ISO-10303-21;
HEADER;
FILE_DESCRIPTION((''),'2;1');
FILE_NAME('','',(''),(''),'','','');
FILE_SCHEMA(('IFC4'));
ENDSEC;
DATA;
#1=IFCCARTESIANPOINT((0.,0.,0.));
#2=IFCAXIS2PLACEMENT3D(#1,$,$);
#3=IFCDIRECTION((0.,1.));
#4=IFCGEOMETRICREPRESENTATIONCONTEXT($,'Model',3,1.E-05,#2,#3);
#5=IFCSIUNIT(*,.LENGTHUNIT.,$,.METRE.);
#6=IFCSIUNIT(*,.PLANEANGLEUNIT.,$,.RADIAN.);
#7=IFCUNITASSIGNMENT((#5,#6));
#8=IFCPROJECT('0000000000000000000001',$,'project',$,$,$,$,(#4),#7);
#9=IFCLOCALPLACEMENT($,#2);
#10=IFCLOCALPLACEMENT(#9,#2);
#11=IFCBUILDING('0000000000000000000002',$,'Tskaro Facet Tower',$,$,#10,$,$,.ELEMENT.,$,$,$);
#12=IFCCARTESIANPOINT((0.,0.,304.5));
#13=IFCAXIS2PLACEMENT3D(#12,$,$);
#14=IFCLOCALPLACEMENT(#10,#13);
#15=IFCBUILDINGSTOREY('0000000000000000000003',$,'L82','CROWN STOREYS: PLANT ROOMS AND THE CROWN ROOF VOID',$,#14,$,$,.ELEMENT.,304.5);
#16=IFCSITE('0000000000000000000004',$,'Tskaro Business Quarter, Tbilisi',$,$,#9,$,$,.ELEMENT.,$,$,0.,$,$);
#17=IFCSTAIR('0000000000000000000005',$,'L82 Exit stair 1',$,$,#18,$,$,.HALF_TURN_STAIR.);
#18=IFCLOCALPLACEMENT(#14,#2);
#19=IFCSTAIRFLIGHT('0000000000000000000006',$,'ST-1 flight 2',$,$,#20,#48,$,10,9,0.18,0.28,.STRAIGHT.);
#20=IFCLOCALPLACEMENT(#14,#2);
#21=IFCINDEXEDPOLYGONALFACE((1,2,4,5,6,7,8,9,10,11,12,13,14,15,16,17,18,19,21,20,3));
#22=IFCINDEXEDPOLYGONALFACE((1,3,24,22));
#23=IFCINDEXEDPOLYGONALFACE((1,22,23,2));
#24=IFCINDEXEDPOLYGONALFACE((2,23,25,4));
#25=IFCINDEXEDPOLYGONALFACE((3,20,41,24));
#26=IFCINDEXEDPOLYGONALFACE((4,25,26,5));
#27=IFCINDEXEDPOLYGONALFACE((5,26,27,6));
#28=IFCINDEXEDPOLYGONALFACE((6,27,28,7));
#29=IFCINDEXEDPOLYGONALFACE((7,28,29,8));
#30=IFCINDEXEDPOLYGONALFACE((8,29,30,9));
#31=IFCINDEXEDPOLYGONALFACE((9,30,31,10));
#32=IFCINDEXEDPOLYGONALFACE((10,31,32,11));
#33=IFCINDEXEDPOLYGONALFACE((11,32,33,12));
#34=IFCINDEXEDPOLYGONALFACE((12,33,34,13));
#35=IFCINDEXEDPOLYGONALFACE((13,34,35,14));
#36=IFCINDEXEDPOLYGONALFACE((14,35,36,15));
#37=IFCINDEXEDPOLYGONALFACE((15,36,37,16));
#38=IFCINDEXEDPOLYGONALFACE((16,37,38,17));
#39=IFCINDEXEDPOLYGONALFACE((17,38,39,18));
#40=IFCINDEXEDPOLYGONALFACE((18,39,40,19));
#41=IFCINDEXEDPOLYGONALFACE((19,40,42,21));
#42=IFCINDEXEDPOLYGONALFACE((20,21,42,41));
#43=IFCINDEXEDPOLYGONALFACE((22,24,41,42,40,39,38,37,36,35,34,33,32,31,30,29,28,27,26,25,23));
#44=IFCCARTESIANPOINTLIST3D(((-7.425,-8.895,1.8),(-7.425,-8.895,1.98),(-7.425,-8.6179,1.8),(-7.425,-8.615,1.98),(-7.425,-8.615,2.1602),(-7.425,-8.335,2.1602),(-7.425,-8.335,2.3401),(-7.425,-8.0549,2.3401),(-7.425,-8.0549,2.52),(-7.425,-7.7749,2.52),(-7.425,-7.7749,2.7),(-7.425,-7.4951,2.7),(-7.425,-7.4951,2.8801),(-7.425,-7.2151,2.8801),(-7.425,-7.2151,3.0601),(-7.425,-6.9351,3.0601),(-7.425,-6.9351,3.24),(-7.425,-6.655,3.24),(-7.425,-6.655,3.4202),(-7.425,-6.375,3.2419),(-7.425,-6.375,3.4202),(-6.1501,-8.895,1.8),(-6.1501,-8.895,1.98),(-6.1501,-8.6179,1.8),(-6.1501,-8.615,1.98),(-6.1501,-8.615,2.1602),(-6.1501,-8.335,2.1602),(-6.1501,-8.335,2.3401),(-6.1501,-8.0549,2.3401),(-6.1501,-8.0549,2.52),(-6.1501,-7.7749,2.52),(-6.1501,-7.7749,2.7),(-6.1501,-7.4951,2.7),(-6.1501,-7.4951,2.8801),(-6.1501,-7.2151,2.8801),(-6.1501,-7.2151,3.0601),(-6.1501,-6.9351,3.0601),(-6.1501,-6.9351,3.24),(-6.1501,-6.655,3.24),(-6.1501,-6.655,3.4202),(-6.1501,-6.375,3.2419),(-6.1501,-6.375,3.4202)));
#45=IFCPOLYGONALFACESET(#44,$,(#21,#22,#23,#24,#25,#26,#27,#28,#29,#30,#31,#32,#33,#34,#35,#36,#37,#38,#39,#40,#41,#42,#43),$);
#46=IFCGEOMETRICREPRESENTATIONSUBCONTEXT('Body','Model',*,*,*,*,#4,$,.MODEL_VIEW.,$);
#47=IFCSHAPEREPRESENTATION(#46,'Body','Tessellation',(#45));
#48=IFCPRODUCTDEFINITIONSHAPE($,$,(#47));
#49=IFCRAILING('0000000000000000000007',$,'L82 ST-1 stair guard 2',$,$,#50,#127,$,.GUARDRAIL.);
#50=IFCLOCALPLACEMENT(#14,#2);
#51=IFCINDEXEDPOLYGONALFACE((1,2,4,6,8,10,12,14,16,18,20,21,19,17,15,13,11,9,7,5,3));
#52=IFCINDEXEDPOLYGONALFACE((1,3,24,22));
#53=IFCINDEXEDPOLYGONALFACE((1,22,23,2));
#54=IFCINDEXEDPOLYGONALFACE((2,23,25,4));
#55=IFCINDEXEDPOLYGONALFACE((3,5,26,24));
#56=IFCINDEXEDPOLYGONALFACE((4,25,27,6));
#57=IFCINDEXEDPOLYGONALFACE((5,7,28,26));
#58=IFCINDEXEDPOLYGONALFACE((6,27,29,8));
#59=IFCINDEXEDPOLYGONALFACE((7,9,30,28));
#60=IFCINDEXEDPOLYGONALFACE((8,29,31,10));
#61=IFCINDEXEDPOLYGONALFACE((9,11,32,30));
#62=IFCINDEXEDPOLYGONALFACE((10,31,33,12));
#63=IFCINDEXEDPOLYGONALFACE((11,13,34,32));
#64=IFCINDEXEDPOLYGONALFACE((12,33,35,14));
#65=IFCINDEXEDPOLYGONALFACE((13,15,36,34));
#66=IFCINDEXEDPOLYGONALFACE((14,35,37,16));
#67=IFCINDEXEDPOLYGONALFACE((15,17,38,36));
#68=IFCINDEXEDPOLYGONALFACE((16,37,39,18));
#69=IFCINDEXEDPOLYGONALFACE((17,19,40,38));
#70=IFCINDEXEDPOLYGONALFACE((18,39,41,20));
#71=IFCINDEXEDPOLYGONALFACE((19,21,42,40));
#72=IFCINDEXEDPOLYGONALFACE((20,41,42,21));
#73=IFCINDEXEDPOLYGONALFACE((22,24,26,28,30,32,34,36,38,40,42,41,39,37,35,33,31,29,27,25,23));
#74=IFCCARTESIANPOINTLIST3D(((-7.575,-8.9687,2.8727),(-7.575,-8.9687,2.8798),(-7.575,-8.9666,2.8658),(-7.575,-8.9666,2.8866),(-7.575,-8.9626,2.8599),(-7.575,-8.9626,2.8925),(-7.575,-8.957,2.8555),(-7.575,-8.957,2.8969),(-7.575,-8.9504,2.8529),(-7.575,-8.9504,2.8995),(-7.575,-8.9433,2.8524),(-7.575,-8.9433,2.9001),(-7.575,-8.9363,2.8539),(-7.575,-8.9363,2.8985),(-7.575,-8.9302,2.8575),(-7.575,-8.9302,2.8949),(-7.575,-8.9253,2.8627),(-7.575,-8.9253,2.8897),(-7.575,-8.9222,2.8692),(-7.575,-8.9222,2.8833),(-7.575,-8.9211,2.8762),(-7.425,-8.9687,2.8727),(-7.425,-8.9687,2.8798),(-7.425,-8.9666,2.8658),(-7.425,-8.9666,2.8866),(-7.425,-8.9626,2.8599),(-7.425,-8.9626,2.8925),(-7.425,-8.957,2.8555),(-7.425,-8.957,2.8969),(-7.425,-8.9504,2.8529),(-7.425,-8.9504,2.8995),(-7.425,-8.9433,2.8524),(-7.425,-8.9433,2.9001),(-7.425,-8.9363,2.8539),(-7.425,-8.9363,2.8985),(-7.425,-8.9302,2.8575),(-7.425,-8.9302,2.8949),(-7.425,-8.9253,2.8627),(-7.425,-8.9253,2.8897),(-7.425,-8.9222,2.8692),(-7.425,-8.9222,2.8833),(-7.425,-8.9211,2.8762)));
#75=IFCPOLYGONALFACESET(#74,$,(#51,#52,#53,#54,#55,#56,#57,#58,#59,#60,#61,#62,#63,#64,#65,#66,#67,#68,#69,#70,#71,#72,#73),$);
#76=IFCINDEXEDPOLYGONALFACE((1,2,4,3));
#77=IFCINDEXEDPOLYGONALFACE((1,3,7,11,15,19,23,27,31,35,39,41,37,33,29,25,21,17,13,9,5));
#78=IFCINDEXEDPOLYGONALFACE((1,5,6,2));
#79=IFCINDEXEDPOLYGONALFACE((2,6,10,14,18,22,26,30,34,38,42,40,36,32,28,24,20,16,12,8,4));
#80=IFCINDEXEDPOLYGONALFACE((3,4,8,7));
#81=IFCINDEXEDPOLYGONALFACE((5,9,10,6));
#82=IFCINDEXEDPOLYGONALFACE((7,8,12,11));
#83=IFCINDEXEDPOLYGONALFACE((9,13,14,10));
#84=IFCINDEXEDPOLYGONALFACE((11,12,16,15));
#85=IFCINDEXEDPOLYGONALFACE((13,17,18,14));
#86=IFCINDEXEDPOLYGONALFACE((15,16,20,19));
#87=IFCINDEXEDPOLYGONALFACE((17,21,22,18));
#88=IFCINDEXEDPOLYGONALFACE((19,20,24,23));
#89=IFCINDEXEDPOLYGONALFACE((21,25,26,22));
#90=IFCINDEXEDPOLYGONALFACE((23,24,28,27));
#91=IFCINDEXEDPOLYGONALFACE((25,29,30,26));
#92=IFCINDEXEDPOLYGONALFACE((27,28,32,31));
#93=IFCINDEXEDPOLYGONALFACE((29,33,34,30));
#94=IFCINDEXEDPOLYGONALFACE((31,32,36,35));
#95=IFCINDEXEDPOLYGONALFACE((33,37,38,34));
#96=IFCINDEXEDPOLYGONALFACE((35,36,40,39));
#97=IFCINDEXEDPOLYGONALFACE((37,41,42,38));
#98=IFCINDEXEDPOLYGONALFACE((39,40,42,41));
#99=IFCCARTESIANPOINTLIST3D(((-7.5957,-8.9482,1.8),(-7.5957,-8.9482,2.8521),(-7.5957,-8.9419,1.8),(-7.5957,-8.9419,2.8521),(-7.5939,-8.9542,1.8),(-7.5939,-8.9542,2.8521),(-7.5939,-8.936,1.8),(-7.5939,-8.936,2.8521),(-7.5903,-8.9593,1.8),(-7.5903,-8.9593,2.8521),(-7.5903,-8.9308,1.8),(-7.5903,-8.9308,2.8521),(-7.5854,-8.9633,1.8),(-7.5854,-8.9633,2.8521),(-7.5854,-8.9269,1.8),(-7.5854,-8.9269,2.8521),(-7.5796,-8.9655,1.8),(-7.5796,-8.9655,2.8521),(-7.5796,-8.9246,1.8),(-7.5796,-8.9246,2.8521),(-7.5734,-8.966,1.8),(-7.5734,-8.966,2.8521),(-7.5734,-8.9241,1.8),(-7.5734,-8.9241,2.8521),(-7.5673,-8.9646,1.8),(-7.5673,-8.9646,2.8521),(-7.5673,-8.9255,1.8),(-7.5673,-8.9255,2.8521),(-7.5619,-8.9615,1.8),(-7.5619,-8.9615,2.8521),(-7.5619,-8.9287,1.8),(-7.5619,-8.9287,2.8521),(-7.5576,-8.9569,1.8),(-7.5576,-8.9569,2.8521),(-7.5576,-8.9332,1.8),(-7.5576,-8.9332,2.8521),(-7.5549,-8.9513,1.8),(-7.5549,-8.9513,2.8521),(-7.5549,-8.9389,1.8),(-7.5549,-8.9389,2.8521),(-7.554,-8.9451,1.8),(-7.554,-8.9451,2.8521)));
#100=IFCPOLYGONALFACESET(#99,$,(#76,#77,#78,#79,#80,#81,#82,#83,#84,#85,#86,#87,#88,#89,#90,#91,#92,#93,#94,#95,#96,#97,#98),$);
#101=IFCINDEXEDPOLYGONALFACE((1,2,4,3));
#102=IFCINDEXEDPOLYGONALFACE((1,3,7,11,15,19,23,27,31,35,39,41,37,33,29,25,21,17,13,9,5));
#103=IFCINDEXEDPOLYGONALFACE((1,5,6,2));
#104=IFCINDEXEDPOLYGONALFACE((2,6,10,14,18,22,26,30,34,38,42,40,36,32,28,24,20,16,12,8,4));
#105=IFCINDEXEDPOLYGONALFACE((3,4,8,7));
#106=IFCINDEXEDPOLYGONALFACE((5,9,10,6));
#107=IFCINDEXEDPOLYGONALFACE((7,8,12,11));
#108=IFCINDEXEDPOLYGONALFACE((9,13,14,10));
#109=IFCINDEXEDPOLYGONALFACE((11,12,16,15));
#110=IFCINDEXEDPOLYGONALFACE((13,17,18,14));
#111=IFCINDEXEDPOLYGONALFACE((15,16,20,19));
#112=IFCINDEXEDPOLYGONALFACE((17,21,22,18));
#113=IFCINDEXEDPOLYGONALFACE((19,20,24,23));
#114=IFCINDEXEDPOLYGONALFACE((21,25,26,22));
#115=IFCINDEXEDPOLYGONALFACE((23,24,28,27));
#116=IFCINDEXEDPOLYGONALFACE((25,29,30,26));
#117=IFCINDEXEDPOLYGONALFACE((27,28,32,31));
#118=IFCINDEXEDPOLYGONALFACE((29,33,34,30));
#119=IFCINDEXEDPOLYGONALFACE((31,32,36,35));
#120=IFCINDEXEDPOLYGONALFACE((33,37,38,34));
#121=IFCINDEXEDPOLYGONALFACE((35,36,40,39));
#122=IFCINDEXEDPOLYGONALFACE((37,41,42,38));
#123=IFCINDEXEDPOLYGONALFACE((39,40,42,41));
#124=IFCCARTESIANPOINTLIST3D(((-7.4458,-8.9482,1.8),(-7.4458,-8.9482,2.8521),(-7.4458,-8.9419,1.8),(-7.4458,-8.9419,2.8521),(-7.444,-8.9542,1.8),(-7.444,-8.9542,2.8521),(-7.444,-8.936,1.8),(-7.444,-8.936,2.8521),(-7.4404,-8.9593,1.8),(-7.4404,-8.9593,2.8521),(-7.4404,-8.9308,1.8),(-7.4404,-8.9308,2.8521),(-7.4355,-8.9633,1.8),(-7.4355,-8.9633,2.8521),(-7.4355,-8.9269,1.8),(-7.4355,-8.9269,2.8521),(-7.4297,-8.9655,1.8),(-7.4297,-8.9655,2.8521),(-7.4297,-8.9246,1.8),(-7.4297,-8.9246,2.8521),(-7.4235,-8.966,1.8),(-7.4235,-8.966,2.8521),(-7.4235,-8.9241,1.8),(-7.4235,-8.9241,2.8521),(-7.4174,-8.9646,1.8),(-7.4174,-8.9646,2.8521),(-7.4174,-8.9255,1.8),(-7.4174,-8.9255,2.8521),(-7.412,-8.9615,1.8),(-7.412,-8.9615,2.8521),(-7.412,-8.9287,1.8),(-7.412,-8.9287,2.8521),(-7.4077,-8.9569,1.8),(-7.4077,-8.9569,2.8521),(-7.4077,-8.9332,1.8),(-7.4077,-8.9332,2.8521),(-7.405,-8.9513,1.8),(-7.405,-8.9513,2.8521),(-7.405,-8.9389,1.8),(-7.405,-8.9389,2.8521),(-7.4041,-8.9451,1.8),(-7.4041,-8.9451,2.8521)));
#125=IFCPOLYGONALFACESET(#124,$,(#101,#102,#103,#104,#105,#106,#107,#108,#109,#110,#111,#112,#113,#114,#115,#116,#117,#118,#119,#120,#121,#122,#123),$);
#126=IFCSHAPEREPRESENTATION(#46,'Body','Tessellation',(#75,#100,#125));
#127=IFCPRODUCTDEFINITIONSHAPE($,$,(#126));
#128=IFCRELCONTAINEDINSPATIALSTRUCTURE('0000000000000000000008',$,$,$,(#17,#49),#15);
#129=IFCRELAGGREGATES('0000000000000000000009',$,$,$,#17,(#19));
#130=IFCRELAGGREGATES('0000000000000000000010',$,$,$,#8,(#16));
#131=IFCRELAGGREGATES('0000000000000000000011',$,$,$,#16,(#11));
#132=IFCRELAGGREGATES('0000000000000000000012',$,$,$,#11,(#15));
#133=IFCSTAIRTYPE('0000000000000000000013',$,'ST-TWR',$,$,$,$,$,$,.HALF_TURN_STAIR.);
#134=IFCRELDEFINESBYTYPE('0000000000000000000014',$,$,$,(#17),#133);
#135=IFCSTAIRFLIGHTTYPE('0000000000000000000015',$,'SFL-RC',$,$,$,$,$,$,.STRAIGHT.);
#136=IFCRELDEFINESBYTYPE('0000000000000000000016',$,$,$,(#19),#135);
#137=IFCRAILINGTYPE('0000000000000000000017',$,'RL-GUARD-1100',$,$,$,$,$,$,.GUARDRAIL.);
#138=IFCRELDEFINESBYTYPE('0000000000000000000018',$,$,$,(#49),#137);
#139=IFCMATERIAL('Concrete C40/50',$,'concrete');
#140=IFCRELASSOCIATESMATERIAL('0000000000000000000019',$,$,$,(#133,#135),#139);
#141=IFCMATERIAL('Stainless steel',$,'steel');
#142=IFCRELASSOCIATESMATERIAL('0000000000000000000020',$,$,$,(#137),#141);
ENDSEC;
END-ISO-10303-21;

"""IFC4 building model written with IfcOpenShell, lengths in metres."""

from ifc_helpers import new_model, si_unit, direction, frame, origin, origin_2d, place, context, subcontext, project, spatial, polyline, circle, outline, extrude, material, type_object, element, aggregate, save


model = new_model("IFC4")

# Units and contexts
model_context = context("Model", 3, precision=1e-05, world=origin(), true_north=direction((0.0, 1.0)))
body_context = subcontext(model_context, "Body", "Model", "MODEL_VIEW")
ifc_project = project(units=[si_unit("LENGTHUNIT", "METRE"), si_unit("PLANEANGLEUNIT", "RADIAN")], contexts=[model_context])

# Site, building, storey
site_placement = place(None, origin())
site = spatial("IfcSite", under=ifc_project, at=site_placement, Name="Tskaro Business Quarter, Tbilisi", CompositionType="ELEMENT", RefElevation=0.0)
building_placement = place(site_placement, origin())
building = spatial("IfcBuilding", under=site, at=building_placement, Name="Tskaro Facet Tower", CompositionType="ELEMENT")
storey_placement = place(building_placement, frame((0.0, 0.0, 304.5)))
storey = spatial("IfcBuildingStorey", under=building, at=storey_placement, Name="L82", Description="CROWN STOREYS: PLANT ROOMS AND THE CROWN ROOF VOID", CompositionType="ELEMENT", Elevation=304.5)

# Shared definitions
ifc_material_1 = material(Name="Stainless steel", Category="steel")

# Stair, stair flight
ifc_material_2 = material(Name="Concrete C40/50", Category="concrete")
stair_type = type_object("IfcStairType", Name="ST-TWR", PredefinedType="HALF_TURN_STAIR", material=ifc_material_2)
stair_placement = place(storey_placement, origin())
stair = element("IfcStair", 1, at=stair_placement, inside=storey, type_object=stair_type, Name="L82 Exit stair 1", PredefinedType="HALF_TURN_STAIR")
stair_flight_type = type_object("IfcStairFlightType", Name="SFL-RC", PredefinedType="STRAIGHT", material=ifc_material_2)
stair_flight_placement = place(storey_placement, frame((-6.7876, -8.895, 1.8), z_axis=(0.0, 0.0, 1.0), x_axis=(0.0, 1.0, 0.0)))
stair_flight = element("IfcStairFlight", 2, at=stair_flight_placement, type_object=stair_flight_type, Name="ST-1 flight 2", NumberOfRisers=10, NumberOfTreads=9, PredefinedType="STRAIGHT", RiserHeight=0.18, TreadLength=0.28, context=body_context, shape_type="SweptSolid", body=[
    extrude(outline(polyline([(0.0, 0.0), (0.0, 0.1799), (0.28, 0.1799), (0.28, 0.3601), (0.5601, 0.3601), (0.5601, 0.54), (0.8401, 0.54), (0.8401, 0.72), (1.1201, 0.72), (1.1201, 0.8999), (1.3999, 0.8999), (1.3999, 1.0801), (1.6799, 1.0801), (1.6799, 1.26), (1.96, 1.26), (1.96, 1.4399), (2.24, 1.4399), (2.24, 1.6201), (2.52, 1.6201), (2.52, 1.8), (2.52, 1.4419), (0.2771, 0.0), (0.0, 0.0)])), frame((0.0, 0.6375, 0.0), z_axis=(0.0, -1.0, 0.0), x_axis=(1.0, 0.0, 0.0)), (0.0, 0.0, 1.0), 1.2749),
])
aggregate(stair, [stair_flight])

# Railing
railing_type_1 = type_object("IfcRailingType", Name="RL-GUARD-1100", PredefinedType="GUARDRAIL", material=ifc_material_1)
railing_1_placement = place(storey_placement, frame((-7.575, -8.9451, 1.8)))
element("IfcRailing", 3, at=railing_1_placement, inside=storey, type_object=railing_type_1, Name="L82 ST-1 stair guard 2", PredefinedType="GUARDRAIL", context=body_context, shape_type="SweptSolid", body=[
    extrude(circle(Radius=0.0239, at=origin_2d()), frame((0.0, 0.0, 1.0762), z_axis=(1.0, 0.0, 0.0), x_axis=(0.0, 1.0, 0.0)), (0.0, 0.0, 1.0), 0.1499),
    extrude(circle(Radius=0.021, at=origin_2d()), origin(), (0.0, 0.0, 1.0), 1.052),
    extrude(circle(Radius=0.021, at=origin_2d()), frame((0.1499, 0.0, 0.0)), (0.0, 0.0, 1.0), 1.052),
])

save(model, "model.ifc")
